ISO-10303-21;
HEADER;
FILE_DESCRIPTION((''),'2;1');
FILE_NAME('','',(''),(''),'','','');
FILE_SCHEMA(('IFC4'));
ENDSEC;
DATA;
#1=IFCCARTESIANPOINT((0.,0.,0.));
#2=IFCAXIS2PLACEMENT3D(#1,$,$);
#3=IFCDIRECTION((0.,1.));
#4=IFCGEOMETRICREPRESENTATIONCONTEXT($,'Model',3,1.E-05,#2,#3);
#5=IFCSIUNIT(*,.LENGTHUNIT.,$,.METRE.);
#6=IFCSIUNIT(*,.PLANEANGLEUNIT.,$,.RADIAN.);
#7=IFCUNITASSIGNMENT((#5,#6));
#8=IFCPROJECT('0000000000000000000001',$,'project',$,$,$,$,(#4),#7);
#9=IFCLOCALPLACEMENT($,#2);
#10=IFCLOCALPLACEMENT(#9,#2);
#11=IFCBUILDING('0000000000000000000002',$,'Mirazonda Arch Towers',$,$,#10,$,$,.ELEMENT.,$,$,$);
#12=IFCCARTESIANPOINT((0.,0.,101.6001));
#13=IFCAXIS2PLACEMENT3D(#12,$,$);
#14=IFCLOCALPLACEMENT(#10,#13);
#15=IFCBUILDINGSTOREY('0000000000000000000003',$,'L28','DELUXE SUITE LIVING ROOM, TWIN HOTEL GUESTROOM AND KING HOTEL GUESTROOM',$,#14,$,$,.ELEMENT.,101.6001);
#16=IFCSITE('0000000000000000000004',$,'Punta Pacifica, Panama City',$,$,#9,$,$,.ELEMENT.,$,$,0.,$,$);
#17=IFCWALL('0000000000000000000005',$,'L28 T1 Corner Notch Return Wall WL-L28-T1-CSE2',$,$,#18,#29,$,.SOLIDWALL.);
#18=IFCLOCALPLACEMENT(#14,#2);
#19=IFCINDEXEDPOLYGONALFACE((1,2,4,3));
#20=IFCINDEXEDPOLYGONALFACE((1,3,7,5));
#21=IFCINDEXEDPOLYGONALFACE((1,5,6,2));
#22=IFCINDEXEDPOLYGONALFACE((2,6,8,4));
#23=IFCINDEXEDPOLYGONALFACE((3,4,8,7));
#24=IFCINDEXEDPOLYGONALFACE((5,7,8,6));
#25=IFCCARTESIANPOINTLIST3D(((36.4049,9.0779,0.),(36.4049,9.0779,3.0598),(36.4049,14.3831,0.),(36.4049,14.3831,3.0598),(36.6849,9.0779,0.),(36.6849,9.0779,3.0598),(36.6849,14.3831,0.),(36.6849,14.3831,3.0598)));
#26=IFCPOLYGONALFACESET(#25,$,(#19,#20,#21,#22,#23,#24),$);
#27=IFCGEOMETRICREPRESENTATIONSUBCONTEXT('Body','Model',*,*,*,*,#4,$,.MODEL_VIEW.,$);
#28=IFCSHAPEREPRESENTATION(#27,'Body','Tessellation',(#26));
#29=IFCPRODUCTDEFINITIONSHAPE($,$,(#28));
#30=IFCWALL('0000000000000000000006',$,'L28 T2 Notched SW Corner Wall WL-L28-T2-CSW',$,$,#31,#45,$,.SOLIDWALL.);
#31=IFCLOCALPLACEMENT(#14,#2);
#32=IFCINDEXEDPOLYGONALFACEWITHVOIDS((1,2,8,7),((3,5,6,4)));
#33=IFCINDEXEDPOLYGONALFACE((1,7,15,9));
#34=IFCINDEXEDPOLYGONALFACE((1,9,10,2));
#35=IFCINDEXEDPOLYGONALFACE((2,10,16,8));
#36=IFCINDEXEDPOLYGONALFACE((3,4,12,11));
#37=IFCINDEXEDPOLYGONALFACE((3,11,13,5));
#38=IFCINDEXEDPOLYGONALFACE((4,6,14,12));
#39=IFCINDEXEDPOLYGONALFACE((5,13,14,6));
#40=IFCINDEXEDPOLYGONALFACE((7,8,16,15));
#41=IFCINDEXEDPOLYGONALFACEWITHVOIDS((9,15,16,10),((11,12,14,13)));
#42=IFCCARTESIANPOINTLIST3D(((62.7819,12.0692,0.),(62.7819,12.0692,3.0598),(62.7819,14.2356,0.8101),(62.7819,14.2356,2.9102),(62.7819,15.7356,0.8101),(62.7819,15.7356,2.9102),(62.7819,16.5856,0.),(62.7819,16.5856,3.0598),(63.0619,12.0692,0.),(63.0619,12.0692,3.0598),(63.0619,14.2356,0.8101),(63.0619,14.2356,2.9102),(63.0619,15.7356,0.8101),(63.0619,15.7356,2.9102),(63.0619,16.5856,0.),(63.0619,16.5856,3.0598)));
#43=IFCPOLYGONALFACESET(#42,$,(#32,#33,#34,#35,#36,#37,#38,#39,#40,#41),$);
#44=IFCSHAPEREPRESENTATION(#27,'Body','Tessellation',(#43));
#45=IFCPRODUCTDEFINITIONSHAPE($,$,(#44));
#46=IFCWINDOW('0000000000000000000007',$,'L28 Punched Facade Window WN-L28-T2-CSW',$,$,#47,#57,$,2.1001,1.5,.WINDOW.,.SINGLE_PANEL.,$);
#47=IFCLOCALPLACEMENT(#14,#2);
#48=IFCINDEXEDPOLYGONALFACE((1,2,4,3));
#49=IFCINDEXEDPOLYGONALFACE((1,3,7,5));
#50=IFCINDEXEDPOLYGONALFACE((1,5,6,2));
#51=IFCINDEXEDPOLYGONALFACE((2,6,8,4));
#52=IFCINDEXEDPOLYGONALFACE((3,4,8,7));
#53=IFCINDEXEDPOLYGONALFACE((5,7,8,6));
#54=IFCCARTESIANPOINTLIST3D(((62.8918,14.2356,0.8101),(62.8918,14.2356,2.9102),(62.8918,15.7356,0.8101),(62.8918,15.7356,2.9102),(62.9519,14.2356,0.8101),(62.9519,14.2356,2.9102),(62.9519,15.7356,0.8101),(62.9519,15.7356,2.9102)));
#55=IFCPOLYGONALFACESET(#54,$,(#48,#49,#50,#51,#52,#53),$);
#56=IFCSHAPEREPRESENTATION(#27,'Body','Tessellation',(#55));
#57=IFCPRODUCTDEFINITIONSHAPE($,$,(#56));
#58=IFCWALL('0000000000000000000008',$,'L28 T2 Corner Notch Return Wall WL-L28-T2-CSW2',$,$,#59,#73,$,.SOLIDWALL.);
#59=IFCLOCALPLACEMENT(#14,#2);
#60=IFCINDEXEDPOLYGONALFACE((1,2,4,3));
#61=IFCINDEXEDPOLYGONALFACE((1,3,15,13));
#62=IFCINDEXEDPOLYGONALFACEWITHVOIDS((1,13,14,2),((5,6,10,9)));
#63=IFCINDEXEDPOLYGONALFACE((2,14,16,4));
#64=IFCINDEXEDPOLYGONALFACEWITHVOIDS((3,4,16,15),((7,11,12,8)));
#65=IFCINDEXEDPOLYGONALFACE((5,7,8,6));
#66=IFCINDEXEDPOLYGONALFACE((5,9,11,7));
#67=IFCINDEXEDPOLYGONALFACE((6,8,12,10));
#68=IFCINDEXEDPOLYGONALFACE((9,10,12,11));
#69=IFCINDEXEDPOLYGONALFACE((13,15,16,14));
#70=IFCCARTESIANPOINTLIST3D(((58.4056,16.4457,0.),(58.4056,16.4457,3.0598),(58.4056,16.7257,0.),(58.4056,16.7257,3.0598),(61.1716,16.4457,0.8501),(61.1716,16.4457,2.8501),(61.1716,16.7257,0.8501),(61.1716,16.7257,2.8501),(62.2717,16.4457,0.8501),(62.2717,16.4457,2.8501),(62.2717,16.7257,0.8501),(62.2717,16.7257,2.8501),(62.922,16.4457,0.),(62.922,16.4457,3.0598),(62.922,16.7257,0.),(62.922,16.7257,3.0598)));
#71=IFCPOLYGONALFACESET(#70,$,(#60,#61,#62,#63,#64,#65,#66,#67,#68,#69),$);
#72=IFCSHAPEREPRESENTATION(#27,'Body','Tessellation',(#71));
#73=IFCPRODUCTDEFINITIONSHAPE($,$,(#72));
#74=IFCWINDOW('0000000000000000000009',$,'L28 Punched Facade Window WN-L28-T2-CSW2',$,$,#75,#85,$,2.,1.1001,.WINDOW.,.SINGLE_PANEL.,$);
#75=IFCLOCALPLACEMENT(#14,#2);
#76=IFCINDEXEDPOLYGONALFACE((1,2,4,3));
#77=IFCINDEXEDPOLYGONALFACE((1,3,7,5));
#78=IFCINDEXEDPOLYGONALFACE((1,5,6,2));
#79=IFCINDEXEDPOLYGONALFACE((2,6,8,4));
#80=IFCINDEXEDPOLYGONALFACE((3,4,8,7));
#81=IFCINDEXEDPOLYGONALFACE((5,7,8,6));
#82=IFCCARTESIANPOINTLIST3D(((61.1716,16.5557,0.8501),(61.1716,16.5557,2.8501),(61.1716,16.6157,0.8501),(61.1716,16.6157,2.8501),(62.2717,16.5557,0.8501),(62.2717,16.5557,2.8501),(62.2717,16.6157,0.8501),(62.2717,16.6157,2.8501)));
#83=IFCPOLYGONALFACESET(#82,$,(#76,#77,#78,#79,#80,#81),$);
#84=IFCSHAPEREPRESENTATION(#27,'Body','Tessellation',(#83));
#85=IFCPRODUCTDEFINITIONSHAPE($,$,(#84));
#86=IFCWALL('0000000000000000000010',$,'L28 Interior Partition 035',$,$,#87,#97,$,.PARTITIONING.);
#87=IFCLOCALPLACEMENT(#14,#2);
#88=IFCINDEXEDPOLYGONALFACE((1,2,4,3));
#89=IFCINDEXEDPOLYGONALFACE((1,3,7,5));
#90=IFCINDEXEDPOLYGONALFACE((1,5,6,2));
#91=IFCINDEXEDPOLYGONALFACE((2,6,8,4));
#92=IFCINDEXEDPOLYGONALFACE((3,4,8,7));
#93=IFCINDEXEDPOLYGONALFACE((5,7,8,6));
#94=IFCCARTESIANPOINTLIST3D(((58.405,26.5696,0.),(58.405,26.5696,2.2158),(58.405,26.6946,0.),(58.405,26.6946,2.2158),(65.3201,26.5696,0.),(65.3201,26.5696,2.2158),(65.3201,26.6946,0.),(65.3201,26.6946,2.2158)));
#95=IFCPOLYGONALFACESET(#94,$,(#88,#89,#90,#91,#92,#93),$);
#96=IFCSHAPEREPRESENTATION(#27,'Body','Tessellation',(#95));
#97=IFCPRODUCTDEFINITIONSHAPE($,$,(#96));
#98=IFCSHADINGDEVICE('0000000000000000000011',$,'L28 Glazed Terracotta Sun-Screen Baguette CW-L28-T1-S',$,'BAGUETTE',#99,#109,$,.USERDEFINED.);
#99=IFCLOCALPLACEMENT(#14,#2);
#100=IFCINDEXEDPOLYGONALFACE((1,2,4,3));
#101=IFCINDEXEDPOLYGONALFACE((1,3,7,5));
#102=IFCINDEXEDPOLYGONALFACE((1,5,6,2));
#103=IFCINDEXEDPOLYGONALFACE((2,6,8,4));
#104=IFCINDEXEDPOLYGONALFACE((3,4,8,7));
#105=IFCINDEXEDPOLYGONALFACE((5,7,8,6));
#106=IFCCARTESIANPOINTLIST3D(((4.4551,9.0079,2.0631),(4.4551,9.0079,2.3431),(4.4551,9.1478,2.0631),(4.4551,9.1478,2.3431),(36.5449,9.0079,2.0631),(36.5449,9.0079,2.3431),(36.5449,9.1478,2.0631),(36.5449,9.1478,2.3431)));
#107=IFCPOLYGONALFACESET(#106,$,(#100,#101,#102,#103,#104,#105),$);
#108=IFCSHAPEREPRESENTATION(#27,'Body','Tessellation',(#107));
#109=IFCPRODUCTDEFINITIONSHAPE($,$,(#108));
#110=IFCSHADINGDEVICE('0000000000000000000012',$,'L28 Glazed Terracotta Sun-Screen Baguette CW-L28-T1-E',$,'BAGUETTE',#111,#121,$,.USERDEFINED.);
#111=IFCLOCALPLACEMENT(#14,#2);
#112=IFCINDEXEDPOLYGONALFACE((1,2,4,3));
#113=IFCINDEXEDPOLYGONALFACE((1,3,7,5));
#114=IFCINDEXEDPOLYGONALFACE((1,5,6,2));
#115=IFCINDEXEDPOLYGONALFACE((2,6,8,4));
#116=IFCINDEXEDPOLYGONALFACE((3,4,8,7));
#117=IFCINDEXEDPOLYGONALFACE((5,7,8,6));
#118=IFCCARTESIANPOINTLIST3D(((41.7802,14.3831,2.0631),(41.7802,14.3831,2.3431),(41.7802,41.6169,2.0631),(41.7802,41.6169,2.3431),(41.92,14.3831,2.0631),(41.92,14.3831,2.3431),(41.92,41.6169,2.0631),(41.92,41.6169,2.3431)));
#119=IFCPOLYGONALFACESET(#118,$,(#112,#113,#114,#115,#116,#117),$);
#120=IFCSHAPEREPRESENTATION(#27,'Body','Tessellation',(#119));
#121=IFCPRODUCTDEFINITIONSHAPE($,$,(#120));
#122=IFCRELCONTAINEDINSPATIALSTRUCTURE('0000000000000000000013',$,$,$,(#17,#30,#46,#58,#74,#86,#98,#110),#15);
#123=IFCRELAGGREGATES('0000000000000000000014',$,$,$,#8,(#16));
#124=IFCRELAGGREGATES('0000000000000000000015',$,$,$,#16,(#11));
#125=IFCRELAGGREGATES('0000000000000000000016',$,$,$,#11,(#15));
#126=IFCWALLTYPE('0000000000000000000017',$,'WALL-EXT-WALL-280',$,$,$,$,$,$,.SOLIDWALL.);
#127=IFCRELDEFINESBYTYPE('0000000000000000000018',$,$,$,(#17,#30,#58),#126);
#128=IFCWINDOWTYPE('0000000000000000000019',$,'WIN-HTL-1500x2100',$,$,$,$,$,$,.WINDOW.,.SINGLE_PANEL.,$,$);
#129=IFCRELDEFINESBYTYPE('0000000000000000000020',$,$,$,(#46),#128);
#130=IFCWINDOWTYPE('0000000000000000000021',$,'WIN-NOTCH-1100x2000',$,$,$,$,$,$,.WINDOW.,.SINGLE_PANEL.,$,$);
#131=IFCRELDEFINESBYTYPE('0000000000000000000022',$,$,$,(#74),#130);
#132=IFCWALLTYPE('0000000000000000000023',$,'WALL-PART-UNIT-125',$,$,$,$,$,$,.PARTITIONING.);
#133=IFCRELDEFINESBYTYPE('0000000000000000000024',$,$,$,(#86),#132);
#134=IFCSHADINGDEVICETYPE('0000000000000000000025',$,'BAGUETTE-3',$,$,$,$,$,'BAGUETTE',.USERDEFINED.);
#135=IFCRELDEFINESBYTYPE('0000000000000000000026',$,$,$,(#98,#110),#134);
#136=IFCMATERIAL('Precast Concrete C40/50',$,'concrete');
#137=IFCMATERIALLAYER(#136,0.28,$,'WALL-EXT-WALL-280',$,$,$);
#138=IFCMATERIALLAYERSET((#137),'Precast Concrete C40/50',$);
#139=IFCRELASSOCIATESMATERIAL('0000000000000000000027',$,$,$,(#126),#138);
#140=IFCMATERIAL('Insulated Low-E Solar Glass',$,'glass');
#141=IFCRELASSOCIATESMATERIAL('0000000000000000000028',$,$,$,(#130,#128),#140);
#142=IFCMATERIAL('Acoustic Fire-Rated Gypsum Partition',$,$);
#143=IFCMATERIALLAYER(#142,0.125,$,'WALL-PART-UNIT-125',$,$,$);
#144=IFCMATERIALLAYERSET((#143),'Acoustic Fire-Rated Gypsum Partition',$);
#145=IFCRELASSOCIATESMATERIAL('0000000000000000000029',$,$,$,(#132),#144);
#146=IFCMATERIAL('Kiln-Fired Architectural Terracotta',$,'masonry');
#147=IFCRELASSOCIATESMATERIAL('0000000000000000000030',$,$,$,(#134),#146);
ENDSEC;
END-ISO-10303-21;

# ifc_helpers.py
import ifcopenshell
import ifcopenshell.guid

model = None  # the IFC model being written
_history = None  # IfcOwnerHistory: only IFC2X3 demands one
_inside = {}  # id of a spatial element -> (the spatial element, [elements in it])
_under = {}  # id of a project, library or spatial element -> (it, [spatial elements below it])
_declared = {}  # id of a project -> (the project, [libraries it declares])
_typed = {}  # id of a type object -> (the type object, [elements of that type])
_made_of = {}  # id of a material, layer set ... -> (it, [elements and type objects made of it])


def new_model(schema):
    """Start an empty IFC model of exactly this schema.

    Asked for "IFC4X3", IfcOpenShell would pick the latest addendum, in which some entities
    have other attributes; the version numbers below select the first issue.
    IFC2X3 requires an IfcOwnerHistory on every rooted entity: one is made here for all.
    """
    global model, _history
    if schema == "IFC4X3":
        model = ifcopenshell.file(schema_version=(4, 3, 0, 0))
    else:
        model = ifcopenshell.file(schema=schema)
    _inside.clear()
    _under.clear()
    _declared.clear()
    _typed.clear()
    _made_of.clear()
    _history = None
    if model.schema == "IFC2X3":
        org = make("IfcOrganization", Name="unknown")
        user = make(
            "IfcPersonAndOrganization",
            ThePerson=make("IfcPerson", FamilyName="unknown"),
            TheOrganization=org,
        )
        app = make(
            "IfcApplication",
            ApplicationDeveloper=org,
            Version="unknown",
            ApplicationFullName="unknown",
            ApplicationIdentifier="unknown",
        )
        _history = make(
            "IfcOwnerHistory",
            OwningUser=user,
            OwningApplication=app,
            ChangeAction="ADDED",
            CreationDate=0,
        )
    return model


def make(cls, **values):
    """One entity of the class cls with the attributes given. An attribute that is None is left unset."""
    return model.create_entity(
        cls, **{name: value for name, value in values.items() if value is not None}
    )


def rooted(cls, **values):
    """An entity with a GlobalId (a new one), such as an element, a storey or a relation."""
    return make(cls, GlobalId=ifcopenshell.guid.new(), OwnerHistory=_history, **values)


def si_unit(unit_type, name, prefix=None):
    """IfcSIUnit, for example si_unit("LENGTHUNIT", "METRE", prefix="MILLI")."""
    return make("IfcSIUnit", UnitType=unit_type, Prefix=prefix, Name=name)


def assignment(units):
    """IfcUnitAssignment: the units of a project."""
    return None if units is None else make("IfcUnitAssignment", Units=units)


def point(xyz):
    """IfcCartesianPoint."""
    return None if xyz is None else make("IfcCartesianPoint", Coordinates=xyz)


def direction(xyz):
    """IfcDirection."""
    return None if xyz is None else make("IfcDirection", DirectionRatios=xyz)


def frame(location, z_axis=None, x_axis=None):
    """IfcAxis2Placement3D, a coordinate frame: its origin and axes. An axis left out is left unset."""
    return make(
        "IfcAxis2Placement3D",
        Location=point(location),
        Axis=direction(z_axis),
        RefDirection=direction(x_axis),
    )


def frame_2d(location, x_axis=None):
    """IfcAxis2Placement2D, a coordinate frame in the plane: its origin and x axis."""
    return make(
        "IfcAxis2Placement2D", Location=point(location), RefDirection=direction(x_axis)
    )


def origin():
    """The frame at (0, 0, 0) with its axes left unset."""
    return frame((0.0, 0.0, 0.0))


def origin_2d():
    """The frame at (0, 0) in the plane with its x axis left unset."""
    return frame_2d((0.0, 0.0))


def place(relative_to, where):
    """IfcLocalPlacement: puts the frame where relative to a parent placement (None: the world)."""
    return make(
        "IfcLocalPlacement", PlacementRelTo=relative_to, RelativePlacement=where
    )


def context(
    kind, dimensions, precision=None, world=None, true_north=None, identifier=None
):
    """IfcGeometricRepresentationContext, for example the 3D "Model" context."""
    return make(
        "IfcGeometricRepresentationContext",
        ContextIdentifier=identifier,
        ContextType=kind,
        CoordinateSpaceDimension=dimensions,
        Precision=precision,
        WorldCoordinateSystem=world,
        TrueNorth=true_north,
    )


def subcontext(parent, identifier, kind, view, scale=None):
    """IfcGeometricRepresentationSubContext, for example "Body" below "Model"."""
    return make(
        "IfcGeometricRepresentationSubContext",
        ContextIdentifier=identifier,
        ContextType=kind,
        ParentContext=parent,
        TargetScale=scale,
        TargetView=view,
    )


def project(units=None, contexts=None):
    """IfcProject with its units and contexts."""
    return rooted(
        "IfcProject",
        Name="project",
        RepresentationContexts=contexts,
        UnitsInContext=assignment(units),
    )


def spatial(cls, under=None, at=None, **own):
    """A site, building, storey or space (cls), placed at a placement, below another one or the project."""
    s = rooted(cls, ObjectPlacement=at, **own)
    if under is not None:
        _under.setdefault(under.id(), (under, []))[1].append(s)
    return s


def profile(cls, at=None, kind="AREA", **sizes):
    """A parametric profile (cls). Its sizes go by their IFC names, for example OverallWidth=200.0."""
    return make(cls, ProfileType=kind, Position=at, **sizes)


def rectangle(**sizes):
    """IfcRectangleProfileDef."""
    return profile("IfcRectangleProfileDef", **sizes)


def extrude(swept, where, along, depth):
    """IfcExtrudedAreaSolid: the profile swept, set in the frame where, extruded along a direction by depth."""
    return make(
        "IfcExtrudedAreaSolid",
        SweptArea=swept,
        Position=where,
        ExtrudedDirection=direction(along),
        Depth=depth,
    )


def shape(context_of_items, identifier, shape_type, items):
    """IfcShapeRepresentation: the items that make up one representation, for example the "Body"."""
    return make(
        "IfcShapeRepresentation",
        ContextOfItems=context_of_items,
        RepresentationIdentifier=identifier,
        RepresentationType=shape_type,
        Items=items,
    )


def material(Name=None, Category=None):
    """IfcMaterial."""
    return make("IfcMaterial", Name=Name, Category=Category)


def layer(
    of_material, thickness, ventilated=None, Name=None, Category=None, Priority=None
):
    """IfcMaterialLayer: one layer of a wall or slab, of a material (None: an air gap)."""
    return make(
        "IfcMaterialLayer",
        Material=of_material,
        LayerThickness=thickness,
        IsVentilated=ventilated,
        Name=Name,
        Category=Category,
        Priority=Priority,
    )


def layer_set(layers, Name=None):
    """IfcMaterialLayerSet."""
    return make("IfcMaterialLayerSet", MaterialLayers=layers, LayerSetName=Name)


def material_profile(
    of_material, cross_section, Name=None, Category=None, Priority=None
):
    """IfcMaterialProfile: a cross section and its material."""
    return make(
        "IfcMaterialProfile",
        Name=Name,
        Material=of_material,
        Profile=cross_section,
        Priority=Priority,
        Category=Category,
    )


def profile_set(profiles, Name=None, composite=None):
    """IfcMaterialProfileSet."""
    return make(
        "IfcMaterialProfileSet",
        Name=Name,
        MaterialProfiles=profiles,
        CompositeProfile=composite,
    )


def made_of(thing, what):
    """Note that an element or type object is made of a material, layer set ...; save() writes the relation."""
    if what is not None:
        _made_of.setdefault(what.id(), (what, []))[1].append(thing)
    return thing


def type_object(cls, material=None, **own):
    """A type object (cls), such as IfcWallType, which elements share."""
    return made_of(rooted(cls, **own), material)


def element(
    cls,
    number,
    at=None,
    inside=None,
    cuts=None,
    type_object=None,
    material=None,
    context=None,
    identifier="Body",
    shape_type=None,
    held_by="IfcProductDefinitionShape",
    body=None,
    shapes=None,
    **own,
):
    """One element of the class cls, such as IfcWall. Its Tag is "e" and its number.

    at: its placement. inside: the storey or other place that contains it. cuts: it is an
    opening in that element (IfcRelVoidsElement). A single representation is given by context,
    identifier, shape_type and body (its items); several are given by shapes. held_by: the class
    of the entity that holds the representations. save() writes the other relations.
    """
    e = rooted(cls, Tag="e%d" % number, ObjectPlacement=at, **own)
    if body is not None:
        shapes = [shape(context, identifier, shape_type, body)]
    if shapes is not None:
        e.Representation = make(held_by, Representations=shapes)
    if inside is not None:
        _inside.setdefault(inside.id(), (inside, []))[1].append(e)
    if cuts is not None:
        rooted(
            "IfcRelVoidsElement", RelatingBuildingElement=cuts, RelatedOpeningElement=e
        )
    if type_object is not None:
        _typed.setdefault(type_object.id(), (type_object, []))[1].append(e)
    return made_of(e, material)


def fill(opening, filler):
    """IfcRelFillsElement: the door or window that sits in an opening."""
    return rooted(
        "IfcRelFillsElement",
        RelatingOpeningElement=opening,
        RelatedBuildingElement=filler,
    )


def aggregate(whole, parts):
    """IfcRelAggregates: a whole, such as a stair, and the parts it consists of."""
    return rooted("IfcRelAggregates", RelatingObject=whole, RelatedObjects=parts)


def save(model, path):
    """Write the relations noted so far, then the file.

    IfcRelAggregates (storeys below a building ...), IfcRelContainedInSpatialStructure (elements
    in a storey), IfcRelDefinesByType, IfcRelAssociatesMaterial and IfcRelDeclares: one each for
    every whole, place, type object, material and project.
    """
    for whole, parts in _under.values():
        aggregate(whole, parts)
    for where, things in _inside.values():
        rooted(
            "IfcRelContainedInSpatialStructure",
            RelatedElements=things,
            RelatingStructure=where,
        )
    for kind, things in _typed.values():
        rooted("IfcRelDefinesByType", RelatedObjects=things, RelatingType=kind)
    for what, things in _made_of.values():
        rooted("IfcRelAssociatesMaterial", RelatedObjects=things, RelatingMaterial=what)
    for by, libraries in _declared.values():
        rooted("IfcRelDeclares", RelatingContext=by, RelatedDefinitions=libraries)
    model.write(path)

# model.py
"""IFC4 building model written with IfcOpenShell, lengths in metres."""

from ifc_helpers import new_model, si_unit, direction, frame, frame_2d, origin, origin_2d, place, context, subcontext, project, spatial, rectangle, extrude, material, layer, layer_set, material_profile, profile_set, type_object, element, fill, save


model = new_model("IFC4")

# Units and contexts
model_context = context("Model", 3, precision=1e-05, world=origin(), true_north=direction((0.0, 1.0)))
body_context = subcontext(model_context, "Body", "Model", "MODEL_VIEW")
ifc_project = project(units=[si_unit("LENGTHUNIT", "METRE"), si_unit("PLANEANGLEUNIT", "RADIAN")], contexts=[model_context])

# Site, building, storey
site_placement = place(None, origin())
site = spatial("IfcSite", under=ifc_project, at=site_placement, Name="Punta Pacifica, Panama City", CompositionType="ELEMENT", RefElevation=0.0)
building_placement = place(site_placement, origin())
building = spatial("IfcBuilding", under=site, at=building_placement, Name="Mirazonda Arch Towers", CompositionType="ELEMENT")
storey_placement = place(building_placement, frame((0.0, 0.0, 101.6001)))
storey = spatial("IfcBuildingStorey", under=building, at=storey_placement, Name="L28", Description="DELUXE SUITE LIVING ROOM, TWIN HOTEL GUESTROOM AND KING HOTEL GUESTROOM", CompositionType="ELEMENT", Elevation=101.6001)

# Shared definitions
ifc_material_1 = material(Name="Insulated Low-E Solar Glass", Category="glass")

# Shared definitions
ifc_material_2 = material(Name="Precast Concrete C40/50", Category="concrete")
ifc_layer_1 = layer(ifc_material_2, 0.28, Name="WALL-EXT-WALL-280")
ifc_layer_set_1 = layer_set([ifc_layer_1], Name="Precast Concrete C40/50")
wall_type_1 = type_object("IfcWallType", Name="WALL-EXT-WALL-280", PredefinedType="SOLIDWALL", material=ifc_layer_set_1)
window_type_1 = type_object("IfcWindowType", Name="WIN-NOTCH-1100x2000", PartitioningType="SINGLE_PANEL", PredefinedType="WINDOW", material=ifc_material_1)

# Wall
wall_1_placement = place(storey_placement, frame((36.5449, 9.0779, 0.0), z_axis=(0.0, 0.0, 1.0), x_axis=(0.0, 1.0, 0.0)))
element("IfcWall", 1, at=wall_1_placement, inside=storey, type_object=wall_type_1, Name="L28 T1 Corner Notch Return Wall WL-L28-T1-CSE2", PredefinedType="SOLIDWALL", context=body_context, shape_type="SweptSolid", body=[
    extrude(rectangle(XDim=5.3052, YDim=0.28, at=frame_2d((2.6526, 0.0))), origin(), (0.0, 0.0, 1.0), 3.0598),
])

# Walls, openings, windows
wall_2_placement = place(storey_placement, frame((62.9219, 16.5857, 0.0), z_axis=(0.0, 0.0, 1.0), x_axis=(0.0, -1.0, 0.0)))
wall_2 = element("IfcWall", 2, at=wall_2_placement, inside=storey, type_object=wall_type_1, Name="L28 T2 Notched SW Corner Wall WL-L28-T2-CSW", PredefinedType="SOLIDWALL", context=body_context, shape_type="SweptSolid", body=[
    extrude(rectangle(XDim=4.5164, YDim=0.28, at=frame_2d((2.2583, 0.0))), origin(), (0.0, 0.0, 1.0), 3.0598),
])
opening_1_placement = place(wall_2_placement, frame((0.8501, 0.0, 0.8101)))
opening_1 = element("IfcOpeningElement", 3, at=opening_1_placement, cuts=wall_2, PredefinedType="OPENING", context=body_context, shape_type="SweptSolid", body=[
    extrude(rectangle(XDim=1.5, YDim=2.1001, at=frame_2d((0.75, 1.05))), frame((0.0, 0.1499, 0.0), z_axis=(0.0, -1.0, 0.0), x_axis=(1.0, 0.0, 0.0)), (0.0, 0.0, 1.0), 0.3),
])
window_type_2 = type_object("IfcWindowType", Name="WIN-HTL-1500x2100", PartitioningType="SINGLE_PANEL", PredefinedType="WINDOW", material=ifc_material_1)
window_1_placement = place(opening_1_placement, origin())
window_1 = element("IfcWindow", 4, at=window_1_placement, inside=storey, type_object=window_type_2, Name="L28 Punched Facade Window WN-L28-T2-CSW", OverallHeight=2.1001, OverallWidth=1.5, PartitioningType="SINGLE_PANEL", PredefinedType="WINDOW", context=body_context, shape_type="SweptSolid", body=[
    extrude(rectangle(XDim=1.5, YDim=2.1001, at=frame_2d((0.75, 1.05))), frame((0.0, 0.03, 0.0), z_axis=(0.0, -1.0, 0.0), x_axis=(1.0, 0.0, 0.0)), (0.0, 0.0, 1.0), 0.0601),
])
fill(opening_1, window_1)
wall_3_placement = place(storey_placement, frame((58.4055, 16.5857, 0.0), z_axis=(0.0, 0.0, 1.0), x_axis=(1.0, 0.0, 0.0)))
wall_3 = element("IfcWall", 5, at=wall_3_placement, inside=storey, type_object=wall_type_1, Name="L28 T2 Corner Notch Return Wall WL-L28-T2-CSW2", PredefinedType="SOLIDWALL", context=body_context, shape_type="SweptSolid", body=[
    extrude(rectangle(XDim=4.5164, YDim=0.28, at=frame_2d((2.2583, 0.0))), origin(), (0.0, 0.0, 1.0), 3.0598),
])
opening_2_placement = place(wall_3_placement, frame((2.7661, 0.0, 0.8501)))
opening_2 = element("IfcOpeningElement", 6, at=opening_2_placement, cuts=wall_3, PredefinedType="OPENING", context=body_context, shape_type="SweptSolid", body=[
    extrude(rectangle(XDim=1.1001, YDim=2.0, at=frame_2d((0.55, 1.0))), frame((0.0, 0.1499, 0.0), z_axis=(0.0, -1.0, 0.0), x_axis=(1.0, 0.0, 0.0)), (0.0, 0.0, 1.0), 0.3),
])
window_2_placement = place(opening_2_placement, origin())
window_2 = element("IfcWindow", 7, at=window_2_placement, inside=storey, type_object=window_type_1, Name="L28 Punched Facade Window WN-L28-T2-CSW2", OverallHeight=2.0, OverallWidth=1.1001, PartitioningType="SINGLE_PANEL", PredefinedType="WINDOW", context=body_context, shape_type="SweptSolid", body=[
    extrude(rectangle(XDim=1.1001, YDim=2.0, at=frame_2d((0.55, 1.0))), frame((0.0, 0.03, 0.0), z_axis=(0.0, -1.0, 0.0), x_axis=(1.0, 0.0, 0.0)), (0.0, 0.0, 1.0), 0.0601),
])
fill(opening_2, window_2)

# Wall
ifc_material_3 = material(Name="Acoustic Fire-Rated Gypsum Partition")
ifc_layer_2 = layer(ifc_material_3, 0.125, Name="WALL-PART-UNIT-125")
ifc_layer_set_2 = layer_set([ifc_layer_2], Name="Acoustic Fire-Rated Gypsum Partition")
wall_type_2 = type_object("IfcWallType", Name="WALL-PART-UNIT-125", PredefinedType="PARTITIONING", material=ifc_layer_set_2)
wall_4_placement = place(storey_placement, frame((58.405, 26.6321, 0.0), z_axis=(0.0, 0.0, 1.0), x_axis=(1.0, 0.0, 0.0)))
element("IfcWall", 8, at=wall_4_placement, inside=storey, type_object=wall_type_2, Name="L28 Interior Partition 035", PredefinedType="PARTITIONING", context=body_context, shape_type="SweptSolid", body=[
    extrude(rectangle(XDim=6.915, YDim=0.125, at=frame_2d((3.4575, 0.0))), origin(), (0.0, 0.0, 1.0), 2.2158),
])

# Shading devices
ifc_material_4 = material(Name="Kiln-Fired Architectural Terracotta", Category="masonry")
ifc_material_profile_1 = material_profile(ifc_material_4, rectangle(XDim=0.1399, YDim=0.28, at=origin_2d()), Name="TERRA-BAG-140x280")
ifc_profile_set_1 = profile_set([ifc_material_profile_1], Name="Kiln-Fired Architectural Terracotta")
shading_device_type = type_object("IfcShadingDeviceType", Name="BAGUETTE-3", ElementType="BAGUETTE", PredefinedType="USERDEFINED", material=ifc_profile_set_1)
shading_device_1_placement = place(storey_placement, frame((36.5449, 9.0779, 2.2031), z_axis=(-1.0, 0.0, 0.0), x_axis=(0.0, -1.0, 0.0)))
element("IfcShadingDevice", 9, at=shading_device_1_placement, inside=storey, type_object=shading_device_type, Name="L28 Glazed Terracotta Sun-Screen Baguette CW-L28-T1-S", ObjectType="BAGUETTE", PredefinedType="USERDEFINED", context=body_context, shape_type="SweptSolid", body=[
    extrude(rectangle(XDim=0.1399, YDim=0.28, at=origin_2d()), origin(), (0.0, 0.0, 1.0), 32.0898),
])
shading_device_2_placement = place(storey_placement, frame((41.8501, 14.3831, 2.2031), z_axis=(0.0, 1.0, 0.0), x_axis=(-1.0, 0.0, 0.0)))
element("IfcShadingDevice", 10, at=shading_device_2_placement, inside=storey, type_object=shading_device_type, Name="L28 Glazed Terracotta Sun-Screen Baguette CW-L28-T1-E", ObjectType="BAGUETTE", PredefinedType="USERDEFINED", context=body_context, shape_type="SweptSolid", body=[
    extrude(rectangle(XDim=0.1399, YDim=0.28, at=origin_2d()), origin(), (0.0, 0.0, 1.0), 27.2339),
])

save(model, "model.ifc")
